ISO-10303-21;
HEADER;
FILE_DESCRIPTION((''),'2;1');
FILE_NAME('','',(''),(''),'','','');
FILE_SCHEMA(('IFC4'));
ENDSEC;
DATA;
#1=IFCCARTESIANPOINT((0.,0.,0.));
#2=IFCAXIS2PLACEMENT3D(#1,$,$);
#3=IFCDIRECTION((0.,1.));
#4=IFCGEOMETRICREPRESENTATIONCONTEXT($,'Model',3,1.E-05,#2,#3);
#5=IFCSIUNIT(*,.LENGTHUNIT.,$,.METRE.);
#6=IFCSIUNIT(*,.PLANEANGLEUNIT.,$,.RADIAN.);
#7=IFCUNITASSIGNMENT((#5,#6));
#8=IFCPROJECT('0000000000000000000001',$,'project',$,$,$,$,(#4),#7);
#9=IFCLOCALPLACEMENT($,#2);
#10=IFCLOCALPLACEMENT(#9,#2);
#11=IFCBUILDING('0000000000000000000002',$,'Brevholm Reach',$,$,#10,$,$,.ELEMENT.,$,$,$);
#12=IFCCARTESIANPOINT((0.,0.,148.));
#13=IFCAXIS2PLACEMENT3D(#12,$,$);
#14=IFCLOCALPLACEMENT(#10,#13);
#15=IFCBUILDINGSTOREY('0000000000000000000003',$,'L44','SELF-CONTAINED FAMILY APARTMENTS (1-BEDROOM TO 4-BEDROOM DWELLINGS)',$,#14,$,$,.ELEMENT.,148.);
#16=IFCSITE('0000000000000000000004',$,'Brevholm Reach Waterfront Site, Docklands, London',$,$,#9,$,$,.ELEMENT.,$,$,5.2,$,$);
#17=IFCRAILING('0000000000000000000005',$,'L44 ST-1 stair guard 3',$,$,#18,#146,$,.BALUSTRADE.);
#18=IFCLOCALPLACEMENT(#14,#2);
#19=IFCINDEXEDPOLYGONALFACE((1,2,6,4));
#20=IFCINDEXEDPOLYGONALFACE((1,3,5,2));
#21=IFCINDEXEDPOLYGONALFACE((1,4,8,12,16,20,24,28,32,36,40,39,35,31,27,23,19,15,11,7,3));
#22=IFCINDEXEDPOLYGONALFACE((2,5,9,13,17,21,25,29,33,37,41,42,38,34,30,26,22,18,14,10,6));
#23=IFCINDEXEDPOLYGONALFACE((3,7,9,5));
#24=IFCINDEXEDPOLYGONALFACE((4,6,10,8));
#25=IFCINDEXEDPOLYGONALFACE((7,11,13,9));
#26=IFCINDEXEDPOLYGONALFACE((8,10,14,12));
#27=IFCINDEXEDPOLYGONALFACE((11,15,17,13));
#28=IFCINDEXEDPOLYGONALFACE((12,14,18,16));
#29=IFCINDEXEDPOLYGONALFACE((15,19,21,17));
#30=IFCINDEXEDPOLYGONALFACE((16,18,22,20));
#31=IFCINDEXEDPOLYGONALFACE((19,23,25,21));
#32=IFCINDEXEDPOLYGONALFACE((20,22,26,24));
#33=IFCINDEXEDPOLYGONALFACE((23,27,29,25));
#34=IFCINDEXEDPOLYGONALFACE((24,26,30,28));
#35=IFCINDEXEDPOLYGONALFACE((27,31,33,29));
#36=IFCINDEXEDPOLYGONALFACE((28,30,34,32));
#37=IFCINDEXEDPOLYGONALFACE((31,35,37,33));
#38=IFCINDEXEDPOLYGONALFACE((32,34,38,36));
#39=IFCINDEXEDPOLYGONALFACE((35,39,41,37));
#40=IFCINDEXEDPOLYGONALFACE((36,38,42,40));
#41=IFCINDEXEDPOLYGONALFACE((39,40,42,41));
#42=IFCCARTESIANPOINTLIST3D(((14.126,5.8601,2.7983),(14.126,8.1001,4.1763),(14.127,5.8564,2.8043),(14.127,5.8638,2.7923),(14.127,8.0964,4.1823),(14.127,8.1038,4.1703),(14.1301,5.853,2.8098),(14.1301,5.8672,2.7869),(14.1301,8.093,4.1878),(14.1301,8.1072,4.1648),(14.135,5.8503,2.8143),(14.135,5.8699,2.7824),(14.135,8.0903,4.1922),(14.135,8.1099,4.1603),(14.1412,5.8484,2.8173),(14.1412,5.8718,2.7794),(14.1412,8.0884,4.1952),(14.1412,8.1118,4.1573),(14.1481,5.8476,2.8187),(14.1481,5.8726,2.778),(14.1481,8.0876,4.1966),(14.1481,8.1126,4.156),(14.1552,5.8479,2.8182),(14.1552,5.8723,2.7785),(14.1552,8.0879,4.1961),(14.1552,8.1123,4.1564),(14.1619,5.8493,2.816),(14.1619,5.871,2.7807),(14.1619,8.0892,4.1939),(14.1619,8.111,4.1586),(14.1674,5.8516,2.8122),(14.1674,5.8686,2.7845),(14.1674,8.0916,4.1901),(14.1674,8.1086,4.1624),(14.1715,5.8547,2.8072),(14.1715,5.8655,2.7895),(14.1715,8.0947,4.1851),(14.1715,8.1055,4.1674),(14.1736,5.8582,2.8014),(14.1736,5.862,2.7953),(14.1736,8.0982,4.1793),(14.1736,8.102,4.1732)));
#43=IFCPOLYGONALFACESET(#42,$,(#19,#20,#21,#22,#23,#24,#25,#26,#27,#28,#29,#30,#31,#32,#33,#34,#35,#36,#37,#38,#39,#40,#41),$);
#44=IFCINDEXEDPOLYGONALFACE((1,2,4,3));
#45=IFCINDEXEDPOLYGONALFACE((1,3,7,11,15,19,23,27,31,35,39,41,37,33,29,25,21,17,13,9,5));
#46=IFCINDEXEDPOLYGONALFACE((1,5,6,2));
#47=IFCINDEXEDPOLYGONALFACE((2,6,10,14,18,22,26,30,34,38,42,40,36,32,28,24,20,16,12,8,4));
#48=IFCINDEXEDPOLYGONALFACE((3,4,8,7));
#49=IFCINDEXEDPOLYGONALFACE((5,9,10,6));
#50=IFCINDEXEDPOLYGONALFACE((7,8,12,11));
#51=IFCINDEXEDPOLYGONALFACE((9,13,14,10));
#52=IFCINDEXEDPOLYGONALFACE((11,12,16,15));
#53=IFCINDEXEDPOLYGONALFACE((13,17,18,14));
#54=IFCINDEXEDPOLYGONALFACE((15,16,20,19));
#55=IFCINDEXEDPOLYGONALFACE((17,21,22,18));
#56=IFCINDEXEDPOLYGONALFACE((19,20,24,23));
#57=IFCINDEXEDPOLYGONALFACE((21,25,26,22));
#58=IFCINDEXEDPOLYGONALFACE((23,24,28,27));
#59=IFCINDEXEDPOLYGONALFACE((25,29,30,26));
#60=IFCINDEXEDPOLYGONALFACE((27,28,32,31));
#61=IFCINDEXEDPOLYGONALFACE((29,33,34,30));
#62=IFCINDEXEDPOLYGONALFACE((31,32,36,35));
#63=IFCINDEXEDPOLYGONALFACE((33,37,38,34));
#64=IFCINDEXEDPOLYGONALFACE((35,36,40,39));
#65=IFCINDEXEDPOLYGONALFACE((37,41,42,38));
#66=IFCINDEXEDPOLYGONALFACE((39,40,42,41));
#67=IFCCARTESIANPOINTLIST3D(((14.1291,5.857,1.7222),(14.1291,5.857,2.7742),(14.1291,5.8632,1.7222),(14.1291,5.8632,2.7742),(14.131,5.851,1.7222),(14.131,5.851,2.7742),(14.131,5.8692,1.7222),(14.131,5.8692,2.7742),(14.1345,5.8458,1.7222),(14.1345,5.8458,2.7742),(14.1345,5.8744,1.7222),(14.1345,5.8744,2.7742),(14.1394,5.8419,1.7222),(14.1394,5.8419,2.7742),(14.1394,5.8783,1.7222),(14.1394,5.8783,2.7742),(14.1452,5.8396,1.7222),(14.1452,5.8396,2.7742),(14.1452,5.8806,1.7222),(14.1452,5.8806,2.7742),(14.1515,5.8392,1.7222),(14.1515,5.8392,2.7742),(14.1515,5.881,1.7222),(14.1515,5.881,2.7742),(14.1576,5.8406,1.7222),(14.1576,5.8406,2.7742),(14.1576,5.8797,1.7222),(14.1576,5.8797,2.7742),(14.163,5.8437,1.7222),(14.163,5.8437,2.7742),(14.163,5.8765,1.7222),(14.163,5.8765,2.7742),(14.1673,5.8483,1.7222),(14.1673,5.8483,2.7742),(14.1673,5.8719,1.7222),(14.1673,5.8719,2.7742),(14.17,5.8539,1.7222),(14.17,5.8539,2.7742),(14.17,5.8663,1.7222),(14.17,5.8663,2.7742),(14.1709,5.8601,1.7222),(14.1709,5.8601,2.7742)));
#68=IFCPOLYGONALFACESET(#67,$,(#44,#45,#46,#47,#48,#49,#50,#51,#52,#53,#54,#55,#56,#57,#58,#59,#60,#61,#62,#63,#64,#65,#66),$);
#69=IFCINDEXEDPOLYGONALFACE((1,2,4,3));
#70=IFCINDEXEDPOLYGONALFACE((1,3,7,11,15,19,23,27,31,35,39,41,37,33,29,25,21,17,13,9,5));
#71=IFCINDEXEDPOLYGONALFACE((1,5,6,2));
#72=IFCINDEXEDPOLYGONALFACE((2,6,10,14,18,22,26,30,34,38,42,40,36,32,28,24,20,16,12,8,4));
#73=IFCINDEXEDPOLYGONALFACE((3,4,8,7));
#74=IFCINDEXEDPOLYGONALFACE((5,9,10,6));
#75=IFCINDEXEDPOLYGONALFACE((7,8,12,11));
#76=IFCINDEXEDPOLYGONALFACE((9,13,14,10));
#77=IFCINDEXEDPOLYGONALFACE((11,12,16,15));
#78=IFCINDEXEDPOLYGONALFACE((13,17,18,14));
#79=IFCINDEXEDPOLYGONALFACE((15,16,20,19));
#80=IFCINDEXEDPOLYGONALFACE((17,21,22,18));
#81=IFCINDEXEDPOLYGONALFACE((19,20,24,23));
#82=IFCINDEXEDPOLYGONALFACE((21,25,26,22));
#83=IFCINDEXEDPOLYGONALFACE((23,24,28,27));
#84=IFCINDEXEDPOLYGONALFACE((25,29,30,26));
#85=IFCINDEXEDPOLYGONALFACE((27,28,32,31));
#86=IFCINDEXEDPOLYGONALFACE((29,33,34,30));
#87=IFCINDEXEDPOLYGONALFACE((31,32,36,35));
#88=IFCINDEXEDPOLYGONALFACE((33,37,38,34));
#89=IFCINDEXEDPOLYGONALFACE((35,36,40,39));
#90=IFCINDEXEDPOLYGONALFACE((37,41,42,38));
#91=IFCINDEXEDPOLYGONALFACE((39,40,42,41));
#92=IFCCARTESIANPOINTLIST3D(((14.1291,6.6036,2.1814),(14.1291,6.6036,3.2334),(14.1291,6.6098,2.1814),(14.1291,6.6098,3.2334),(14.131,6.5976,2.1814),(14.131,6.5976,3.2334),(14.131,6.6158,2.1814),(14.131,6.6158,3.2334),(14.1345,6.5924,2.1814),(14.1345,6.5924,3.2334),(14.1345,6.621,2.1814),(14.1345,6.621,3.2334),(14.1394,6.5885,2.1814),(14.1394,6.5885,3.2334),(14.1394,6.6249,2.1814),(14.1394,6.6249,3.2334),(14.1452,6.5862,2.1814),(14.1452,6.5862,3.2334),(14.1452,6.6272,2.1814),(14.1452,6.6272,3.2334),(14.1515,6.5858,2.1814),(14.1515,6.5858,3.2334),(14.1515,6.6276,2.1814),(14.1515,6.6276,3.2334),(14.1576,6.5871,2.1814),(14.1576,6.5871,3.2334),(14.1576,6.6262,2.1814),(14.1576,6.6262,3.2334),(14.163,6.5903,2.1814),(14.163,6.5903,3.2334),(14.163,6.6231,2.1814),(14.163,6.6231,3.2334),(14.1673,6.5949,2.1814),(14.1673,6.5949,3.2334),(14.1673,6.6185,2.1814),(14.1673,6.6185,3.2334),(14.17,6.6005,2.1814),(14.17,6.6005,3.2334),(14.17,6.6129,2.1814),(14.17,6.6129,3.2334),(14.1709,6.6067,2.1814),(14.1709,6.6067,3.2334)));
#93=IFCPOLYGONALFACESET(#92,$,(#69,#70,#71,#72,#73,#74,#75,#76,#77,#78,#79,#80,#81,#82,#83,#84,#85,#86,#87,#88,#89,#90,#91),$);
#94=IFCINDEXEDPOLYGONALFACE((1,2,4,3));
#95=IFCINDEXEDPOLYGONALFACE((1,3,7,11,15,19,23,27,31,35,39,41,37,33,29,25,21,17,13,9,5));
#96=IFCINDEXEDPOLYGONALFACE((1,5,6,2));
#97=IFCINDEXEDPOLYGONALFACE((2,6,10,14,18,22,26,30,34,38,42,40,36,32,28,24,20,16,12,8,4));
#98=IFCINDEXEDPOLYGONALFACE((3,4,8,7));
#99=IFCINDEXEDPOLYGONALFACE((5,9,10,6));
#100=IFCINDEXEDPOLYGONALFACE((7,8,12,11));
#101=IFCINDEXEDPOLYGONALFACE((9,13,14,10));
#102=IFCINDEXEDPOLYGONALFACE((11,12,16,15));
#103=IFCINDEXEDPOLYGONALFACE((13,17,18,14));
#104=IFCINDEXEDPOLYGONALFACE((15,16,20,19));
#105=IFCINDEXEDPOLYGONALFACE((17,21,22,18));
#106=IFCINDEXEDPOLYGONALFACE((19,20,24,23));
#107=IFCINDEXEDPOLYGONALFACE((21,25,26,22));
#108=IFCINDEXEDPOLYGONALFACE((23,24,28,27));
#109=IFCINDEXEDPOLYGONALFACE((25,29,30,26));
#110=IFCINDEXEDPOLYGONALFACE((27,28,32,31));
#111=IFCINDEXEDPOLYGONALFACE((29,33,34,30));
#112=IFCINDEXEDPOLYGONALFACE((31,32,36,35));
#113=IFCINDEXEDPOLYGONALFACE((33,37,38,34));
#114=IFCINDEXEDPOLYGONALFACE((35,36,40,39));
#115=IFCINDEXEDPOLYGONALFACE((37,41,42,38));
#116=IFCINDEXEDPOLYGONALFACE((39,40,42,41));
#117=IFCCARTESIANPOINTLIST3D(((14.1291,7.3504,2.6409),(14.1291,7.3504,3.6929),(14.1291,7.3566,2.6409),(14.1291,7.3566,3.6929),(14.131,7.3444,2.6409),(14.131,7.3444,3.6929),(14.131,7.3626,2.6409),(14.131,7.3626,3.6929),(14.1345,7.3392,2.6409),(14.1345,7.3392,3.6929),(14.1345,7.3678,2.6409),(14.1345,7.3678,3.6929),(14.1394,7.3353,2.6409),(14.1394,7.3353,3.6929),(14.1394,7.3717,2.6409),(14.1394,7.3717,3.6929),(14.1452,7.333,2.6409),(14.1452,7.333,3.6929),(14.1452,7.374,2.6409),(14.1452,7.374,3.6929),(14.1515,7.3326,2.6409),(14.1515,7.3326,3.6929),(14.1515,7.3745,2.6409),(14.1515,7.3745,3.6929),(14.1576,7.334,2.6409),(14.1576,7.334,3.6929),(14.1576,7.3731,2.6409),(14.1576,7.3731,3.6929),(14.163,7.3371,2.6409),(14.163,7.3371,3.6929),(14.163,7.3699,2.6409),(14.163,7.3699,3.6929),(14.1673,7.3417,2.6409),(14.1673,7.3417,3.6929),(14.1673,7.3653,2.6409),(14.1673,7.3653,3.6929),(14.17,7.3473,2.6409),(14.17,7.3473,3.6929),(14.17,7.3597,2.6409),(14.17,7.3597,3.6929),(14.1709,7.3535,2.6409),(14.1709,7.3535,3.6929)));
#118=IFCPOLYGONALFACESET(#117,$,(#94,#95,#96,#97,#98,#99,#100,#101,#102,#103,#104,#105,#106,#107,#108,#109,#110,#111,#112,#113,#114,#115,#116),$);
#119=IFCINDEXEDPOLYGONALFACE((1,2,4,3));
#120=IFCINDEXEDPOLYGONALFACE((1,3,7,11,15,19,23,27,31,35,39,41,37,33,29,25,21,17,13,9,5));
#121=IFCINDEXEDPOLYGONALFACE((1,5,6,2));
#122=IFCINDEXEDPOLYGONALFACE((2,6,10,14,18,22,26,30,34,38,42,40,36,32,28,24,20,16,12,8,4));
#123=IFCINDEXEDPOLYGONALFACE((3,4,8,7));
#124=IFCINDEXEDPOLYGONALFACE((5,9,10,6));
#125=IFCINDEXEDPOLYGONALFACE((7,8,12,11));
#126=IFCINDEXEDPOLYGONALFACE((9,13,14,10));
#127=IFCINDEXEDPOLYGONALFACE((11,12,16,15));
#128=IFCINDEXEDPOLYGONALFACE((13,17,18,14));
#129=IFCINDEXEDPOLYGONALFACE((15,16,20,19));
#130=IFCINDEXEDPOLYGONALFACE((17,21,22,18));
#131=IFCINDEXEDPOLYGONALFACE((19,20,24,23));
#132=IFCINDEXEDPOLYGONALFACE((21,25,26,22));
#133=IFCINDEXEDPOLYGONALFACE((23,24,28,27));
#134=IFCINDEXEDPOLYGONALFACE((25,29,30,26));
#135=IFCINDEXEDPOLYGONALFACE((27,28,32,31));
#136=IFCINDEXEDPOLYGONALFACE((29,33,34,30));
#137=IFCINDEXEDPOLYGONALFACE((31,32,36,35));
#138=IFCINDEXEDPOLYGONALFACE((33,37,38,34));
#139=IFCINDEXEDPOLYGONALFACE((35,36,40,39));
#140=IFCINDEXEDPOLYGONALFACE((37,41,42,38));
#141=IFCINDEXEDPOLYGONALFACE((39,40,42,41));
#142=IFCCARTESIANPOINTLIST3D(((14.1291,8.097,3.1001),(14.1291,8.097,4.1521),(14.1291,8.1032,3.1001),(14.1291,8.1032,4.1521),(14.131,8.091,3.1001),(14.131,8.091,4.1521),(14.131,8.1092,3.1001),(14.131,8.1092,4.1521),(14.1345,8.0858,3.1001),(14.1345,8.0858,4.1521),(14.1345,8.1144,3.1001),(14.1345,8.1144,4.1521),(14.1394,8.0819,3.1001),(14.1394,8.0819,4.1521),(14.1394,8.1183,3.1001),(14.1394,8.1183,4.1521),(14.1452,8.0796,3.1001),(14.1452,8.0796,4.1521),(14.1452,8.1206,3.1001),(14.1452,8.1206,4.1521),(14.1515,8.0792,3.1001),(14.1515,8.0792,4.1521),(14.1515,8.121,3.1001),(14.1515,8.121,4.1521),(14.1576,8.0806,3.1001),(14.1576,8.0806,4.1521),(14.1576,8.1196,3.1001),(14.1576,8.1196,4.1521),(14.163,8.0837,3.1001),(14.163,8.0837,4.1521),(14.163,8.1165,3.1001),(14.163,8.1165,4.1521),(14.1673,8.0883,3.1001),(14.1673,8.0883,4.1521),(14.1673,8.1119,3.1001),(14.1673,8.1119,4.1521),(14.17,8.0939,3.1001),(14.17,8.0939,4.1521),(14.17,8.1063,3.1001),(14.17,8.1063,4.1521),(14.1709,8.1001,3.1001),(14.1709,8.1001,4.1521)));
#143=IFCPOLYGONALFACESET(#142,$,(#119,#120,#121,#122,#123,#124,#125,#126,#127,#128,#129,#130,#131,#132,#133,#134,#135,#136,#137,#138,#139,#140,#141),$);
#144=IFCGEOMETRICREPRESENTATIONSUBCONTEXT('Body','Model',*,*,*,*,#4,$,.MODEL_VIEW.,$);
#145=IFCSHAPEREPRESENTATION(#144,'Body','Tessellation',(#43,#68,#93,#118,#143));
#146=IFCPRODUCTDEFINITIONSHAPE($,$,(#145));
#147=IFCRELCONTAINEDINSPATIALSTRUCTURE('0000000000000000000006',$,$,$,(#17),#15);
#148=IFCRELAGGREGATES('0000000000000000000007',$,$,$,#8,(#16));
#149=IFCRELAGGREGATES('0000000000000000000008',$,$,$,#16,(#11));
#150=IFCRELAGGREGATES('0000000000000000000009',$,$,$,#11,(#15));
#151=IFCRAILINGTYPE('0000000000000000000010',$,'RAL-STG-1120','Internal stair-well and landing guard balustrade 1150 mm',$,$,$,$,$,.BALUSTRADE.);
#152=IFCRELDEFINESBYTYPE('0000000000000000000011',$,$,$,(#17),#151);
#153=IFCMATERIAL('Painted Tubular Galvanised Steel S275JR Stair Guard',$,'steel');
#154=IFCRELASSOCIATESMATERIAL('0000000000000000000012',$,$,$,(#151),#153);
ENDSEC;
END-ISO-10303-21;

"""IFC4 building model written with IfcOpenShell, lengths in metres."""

from ifc_helpers import new_model, si_unit, direction, frame, origin, origin_2d, place, context, subcontext, project, spatial, circle, extrude, material, type_object, element, save


model = new_model("IFC4")

# Units and contexts
model_context = context("Model", 3, precision=1e-05, world=origin(), true_north=direction((0.0, 1.0)))
body_context = subcontext(model_context, "Body", "Model", "MODEL_VIEW")
ifc_project = project(units=[si_unit("LENGTHUNIT", "METRE"), si_unit("PLANEANGLEUNIT", "RADIAN")], contexts=[model_context])

# Site, building, storey
site_placement = place(None, origin())
site = spatial("IfcSite", under=ifc_project, at=site_placement, Name="Brevholm Reach Waterfront Site, Docklands, London", CompositionType="ELEMENT", RefElevation=5.2)
building_placement = place(site_placement, origin())
building = spatial("IfcBuilding", under=site, at=building_placement, Name="Brevholm Reach", CompositionType="ELEMENT")
storey_placement = place(building_placement, frame((0.0, 0.0, 148.0)))
storey = spatial("IfcBuildingStorey", under=building, at=storey_placement, Name="L44", Description="SELF-CONTAINED FAMILY APARTMENTS (1-BEDROOM TO 4-BEDROOM DWELLINGS)", CompositionType="ELEMENT", Elevation=148.0)

# Railing
ifc_material_1 = material(Name="Painted Tubular Galvanised Steel S275JR Stair Guard", Category="steel")
railing_type_1 = type_object("IfcRailingType", Name="RAL-STG-1120", Description="Internal stair-well and landing guard balustrade 1150 mm", PredefinedType="BALUSTRADE", material=ifc_material_1)
railing_1_placement = place(storey_placement, frame((14.1499, 5.8601, 1.7222)))
element("IfcRailing", 1, at=railing_1_placement, inside=storey, type_object=railing_type_1, Name="L44 ST-1 stair guard 3", PredefinedType="BALUSTRADE", context=body_context, shape_type="SweptSolid", body=[
    extrude(circle(Radius=0.0239, at=origin_2d()), frame((0.0, 0.0, 1.0762), z_axis=(0.0, 0.851748, 0.523952), x_axis=(-1.0, 0.0, 0.0)), (0.0, 0.0, 1.0), 2.6299),
    extrude(circle(Radius=0.021, at=origin_2d()), origin(), (0.0, 0.0, 1.0), 1.052),
    extrude(circle(Radius=0.021, at=origin_2d()), frame((0.0, 0.7466, 0.4592)), (0.0, 0.0, 1.0), 1.052),
    extrude(circle(Radius=0.021, at=origin_2d()), frame((0.0, 1.4934, 0.9187)), (0.0, 0.0, 1.0), 1.052),
    extrude(circle(Radius=0.021, at=origin_2d()), frame((0.0, 2.24, 1.3779)), (0.0, 0.0, 1.0), 1.052),
])

save(model, "model.ifc")
